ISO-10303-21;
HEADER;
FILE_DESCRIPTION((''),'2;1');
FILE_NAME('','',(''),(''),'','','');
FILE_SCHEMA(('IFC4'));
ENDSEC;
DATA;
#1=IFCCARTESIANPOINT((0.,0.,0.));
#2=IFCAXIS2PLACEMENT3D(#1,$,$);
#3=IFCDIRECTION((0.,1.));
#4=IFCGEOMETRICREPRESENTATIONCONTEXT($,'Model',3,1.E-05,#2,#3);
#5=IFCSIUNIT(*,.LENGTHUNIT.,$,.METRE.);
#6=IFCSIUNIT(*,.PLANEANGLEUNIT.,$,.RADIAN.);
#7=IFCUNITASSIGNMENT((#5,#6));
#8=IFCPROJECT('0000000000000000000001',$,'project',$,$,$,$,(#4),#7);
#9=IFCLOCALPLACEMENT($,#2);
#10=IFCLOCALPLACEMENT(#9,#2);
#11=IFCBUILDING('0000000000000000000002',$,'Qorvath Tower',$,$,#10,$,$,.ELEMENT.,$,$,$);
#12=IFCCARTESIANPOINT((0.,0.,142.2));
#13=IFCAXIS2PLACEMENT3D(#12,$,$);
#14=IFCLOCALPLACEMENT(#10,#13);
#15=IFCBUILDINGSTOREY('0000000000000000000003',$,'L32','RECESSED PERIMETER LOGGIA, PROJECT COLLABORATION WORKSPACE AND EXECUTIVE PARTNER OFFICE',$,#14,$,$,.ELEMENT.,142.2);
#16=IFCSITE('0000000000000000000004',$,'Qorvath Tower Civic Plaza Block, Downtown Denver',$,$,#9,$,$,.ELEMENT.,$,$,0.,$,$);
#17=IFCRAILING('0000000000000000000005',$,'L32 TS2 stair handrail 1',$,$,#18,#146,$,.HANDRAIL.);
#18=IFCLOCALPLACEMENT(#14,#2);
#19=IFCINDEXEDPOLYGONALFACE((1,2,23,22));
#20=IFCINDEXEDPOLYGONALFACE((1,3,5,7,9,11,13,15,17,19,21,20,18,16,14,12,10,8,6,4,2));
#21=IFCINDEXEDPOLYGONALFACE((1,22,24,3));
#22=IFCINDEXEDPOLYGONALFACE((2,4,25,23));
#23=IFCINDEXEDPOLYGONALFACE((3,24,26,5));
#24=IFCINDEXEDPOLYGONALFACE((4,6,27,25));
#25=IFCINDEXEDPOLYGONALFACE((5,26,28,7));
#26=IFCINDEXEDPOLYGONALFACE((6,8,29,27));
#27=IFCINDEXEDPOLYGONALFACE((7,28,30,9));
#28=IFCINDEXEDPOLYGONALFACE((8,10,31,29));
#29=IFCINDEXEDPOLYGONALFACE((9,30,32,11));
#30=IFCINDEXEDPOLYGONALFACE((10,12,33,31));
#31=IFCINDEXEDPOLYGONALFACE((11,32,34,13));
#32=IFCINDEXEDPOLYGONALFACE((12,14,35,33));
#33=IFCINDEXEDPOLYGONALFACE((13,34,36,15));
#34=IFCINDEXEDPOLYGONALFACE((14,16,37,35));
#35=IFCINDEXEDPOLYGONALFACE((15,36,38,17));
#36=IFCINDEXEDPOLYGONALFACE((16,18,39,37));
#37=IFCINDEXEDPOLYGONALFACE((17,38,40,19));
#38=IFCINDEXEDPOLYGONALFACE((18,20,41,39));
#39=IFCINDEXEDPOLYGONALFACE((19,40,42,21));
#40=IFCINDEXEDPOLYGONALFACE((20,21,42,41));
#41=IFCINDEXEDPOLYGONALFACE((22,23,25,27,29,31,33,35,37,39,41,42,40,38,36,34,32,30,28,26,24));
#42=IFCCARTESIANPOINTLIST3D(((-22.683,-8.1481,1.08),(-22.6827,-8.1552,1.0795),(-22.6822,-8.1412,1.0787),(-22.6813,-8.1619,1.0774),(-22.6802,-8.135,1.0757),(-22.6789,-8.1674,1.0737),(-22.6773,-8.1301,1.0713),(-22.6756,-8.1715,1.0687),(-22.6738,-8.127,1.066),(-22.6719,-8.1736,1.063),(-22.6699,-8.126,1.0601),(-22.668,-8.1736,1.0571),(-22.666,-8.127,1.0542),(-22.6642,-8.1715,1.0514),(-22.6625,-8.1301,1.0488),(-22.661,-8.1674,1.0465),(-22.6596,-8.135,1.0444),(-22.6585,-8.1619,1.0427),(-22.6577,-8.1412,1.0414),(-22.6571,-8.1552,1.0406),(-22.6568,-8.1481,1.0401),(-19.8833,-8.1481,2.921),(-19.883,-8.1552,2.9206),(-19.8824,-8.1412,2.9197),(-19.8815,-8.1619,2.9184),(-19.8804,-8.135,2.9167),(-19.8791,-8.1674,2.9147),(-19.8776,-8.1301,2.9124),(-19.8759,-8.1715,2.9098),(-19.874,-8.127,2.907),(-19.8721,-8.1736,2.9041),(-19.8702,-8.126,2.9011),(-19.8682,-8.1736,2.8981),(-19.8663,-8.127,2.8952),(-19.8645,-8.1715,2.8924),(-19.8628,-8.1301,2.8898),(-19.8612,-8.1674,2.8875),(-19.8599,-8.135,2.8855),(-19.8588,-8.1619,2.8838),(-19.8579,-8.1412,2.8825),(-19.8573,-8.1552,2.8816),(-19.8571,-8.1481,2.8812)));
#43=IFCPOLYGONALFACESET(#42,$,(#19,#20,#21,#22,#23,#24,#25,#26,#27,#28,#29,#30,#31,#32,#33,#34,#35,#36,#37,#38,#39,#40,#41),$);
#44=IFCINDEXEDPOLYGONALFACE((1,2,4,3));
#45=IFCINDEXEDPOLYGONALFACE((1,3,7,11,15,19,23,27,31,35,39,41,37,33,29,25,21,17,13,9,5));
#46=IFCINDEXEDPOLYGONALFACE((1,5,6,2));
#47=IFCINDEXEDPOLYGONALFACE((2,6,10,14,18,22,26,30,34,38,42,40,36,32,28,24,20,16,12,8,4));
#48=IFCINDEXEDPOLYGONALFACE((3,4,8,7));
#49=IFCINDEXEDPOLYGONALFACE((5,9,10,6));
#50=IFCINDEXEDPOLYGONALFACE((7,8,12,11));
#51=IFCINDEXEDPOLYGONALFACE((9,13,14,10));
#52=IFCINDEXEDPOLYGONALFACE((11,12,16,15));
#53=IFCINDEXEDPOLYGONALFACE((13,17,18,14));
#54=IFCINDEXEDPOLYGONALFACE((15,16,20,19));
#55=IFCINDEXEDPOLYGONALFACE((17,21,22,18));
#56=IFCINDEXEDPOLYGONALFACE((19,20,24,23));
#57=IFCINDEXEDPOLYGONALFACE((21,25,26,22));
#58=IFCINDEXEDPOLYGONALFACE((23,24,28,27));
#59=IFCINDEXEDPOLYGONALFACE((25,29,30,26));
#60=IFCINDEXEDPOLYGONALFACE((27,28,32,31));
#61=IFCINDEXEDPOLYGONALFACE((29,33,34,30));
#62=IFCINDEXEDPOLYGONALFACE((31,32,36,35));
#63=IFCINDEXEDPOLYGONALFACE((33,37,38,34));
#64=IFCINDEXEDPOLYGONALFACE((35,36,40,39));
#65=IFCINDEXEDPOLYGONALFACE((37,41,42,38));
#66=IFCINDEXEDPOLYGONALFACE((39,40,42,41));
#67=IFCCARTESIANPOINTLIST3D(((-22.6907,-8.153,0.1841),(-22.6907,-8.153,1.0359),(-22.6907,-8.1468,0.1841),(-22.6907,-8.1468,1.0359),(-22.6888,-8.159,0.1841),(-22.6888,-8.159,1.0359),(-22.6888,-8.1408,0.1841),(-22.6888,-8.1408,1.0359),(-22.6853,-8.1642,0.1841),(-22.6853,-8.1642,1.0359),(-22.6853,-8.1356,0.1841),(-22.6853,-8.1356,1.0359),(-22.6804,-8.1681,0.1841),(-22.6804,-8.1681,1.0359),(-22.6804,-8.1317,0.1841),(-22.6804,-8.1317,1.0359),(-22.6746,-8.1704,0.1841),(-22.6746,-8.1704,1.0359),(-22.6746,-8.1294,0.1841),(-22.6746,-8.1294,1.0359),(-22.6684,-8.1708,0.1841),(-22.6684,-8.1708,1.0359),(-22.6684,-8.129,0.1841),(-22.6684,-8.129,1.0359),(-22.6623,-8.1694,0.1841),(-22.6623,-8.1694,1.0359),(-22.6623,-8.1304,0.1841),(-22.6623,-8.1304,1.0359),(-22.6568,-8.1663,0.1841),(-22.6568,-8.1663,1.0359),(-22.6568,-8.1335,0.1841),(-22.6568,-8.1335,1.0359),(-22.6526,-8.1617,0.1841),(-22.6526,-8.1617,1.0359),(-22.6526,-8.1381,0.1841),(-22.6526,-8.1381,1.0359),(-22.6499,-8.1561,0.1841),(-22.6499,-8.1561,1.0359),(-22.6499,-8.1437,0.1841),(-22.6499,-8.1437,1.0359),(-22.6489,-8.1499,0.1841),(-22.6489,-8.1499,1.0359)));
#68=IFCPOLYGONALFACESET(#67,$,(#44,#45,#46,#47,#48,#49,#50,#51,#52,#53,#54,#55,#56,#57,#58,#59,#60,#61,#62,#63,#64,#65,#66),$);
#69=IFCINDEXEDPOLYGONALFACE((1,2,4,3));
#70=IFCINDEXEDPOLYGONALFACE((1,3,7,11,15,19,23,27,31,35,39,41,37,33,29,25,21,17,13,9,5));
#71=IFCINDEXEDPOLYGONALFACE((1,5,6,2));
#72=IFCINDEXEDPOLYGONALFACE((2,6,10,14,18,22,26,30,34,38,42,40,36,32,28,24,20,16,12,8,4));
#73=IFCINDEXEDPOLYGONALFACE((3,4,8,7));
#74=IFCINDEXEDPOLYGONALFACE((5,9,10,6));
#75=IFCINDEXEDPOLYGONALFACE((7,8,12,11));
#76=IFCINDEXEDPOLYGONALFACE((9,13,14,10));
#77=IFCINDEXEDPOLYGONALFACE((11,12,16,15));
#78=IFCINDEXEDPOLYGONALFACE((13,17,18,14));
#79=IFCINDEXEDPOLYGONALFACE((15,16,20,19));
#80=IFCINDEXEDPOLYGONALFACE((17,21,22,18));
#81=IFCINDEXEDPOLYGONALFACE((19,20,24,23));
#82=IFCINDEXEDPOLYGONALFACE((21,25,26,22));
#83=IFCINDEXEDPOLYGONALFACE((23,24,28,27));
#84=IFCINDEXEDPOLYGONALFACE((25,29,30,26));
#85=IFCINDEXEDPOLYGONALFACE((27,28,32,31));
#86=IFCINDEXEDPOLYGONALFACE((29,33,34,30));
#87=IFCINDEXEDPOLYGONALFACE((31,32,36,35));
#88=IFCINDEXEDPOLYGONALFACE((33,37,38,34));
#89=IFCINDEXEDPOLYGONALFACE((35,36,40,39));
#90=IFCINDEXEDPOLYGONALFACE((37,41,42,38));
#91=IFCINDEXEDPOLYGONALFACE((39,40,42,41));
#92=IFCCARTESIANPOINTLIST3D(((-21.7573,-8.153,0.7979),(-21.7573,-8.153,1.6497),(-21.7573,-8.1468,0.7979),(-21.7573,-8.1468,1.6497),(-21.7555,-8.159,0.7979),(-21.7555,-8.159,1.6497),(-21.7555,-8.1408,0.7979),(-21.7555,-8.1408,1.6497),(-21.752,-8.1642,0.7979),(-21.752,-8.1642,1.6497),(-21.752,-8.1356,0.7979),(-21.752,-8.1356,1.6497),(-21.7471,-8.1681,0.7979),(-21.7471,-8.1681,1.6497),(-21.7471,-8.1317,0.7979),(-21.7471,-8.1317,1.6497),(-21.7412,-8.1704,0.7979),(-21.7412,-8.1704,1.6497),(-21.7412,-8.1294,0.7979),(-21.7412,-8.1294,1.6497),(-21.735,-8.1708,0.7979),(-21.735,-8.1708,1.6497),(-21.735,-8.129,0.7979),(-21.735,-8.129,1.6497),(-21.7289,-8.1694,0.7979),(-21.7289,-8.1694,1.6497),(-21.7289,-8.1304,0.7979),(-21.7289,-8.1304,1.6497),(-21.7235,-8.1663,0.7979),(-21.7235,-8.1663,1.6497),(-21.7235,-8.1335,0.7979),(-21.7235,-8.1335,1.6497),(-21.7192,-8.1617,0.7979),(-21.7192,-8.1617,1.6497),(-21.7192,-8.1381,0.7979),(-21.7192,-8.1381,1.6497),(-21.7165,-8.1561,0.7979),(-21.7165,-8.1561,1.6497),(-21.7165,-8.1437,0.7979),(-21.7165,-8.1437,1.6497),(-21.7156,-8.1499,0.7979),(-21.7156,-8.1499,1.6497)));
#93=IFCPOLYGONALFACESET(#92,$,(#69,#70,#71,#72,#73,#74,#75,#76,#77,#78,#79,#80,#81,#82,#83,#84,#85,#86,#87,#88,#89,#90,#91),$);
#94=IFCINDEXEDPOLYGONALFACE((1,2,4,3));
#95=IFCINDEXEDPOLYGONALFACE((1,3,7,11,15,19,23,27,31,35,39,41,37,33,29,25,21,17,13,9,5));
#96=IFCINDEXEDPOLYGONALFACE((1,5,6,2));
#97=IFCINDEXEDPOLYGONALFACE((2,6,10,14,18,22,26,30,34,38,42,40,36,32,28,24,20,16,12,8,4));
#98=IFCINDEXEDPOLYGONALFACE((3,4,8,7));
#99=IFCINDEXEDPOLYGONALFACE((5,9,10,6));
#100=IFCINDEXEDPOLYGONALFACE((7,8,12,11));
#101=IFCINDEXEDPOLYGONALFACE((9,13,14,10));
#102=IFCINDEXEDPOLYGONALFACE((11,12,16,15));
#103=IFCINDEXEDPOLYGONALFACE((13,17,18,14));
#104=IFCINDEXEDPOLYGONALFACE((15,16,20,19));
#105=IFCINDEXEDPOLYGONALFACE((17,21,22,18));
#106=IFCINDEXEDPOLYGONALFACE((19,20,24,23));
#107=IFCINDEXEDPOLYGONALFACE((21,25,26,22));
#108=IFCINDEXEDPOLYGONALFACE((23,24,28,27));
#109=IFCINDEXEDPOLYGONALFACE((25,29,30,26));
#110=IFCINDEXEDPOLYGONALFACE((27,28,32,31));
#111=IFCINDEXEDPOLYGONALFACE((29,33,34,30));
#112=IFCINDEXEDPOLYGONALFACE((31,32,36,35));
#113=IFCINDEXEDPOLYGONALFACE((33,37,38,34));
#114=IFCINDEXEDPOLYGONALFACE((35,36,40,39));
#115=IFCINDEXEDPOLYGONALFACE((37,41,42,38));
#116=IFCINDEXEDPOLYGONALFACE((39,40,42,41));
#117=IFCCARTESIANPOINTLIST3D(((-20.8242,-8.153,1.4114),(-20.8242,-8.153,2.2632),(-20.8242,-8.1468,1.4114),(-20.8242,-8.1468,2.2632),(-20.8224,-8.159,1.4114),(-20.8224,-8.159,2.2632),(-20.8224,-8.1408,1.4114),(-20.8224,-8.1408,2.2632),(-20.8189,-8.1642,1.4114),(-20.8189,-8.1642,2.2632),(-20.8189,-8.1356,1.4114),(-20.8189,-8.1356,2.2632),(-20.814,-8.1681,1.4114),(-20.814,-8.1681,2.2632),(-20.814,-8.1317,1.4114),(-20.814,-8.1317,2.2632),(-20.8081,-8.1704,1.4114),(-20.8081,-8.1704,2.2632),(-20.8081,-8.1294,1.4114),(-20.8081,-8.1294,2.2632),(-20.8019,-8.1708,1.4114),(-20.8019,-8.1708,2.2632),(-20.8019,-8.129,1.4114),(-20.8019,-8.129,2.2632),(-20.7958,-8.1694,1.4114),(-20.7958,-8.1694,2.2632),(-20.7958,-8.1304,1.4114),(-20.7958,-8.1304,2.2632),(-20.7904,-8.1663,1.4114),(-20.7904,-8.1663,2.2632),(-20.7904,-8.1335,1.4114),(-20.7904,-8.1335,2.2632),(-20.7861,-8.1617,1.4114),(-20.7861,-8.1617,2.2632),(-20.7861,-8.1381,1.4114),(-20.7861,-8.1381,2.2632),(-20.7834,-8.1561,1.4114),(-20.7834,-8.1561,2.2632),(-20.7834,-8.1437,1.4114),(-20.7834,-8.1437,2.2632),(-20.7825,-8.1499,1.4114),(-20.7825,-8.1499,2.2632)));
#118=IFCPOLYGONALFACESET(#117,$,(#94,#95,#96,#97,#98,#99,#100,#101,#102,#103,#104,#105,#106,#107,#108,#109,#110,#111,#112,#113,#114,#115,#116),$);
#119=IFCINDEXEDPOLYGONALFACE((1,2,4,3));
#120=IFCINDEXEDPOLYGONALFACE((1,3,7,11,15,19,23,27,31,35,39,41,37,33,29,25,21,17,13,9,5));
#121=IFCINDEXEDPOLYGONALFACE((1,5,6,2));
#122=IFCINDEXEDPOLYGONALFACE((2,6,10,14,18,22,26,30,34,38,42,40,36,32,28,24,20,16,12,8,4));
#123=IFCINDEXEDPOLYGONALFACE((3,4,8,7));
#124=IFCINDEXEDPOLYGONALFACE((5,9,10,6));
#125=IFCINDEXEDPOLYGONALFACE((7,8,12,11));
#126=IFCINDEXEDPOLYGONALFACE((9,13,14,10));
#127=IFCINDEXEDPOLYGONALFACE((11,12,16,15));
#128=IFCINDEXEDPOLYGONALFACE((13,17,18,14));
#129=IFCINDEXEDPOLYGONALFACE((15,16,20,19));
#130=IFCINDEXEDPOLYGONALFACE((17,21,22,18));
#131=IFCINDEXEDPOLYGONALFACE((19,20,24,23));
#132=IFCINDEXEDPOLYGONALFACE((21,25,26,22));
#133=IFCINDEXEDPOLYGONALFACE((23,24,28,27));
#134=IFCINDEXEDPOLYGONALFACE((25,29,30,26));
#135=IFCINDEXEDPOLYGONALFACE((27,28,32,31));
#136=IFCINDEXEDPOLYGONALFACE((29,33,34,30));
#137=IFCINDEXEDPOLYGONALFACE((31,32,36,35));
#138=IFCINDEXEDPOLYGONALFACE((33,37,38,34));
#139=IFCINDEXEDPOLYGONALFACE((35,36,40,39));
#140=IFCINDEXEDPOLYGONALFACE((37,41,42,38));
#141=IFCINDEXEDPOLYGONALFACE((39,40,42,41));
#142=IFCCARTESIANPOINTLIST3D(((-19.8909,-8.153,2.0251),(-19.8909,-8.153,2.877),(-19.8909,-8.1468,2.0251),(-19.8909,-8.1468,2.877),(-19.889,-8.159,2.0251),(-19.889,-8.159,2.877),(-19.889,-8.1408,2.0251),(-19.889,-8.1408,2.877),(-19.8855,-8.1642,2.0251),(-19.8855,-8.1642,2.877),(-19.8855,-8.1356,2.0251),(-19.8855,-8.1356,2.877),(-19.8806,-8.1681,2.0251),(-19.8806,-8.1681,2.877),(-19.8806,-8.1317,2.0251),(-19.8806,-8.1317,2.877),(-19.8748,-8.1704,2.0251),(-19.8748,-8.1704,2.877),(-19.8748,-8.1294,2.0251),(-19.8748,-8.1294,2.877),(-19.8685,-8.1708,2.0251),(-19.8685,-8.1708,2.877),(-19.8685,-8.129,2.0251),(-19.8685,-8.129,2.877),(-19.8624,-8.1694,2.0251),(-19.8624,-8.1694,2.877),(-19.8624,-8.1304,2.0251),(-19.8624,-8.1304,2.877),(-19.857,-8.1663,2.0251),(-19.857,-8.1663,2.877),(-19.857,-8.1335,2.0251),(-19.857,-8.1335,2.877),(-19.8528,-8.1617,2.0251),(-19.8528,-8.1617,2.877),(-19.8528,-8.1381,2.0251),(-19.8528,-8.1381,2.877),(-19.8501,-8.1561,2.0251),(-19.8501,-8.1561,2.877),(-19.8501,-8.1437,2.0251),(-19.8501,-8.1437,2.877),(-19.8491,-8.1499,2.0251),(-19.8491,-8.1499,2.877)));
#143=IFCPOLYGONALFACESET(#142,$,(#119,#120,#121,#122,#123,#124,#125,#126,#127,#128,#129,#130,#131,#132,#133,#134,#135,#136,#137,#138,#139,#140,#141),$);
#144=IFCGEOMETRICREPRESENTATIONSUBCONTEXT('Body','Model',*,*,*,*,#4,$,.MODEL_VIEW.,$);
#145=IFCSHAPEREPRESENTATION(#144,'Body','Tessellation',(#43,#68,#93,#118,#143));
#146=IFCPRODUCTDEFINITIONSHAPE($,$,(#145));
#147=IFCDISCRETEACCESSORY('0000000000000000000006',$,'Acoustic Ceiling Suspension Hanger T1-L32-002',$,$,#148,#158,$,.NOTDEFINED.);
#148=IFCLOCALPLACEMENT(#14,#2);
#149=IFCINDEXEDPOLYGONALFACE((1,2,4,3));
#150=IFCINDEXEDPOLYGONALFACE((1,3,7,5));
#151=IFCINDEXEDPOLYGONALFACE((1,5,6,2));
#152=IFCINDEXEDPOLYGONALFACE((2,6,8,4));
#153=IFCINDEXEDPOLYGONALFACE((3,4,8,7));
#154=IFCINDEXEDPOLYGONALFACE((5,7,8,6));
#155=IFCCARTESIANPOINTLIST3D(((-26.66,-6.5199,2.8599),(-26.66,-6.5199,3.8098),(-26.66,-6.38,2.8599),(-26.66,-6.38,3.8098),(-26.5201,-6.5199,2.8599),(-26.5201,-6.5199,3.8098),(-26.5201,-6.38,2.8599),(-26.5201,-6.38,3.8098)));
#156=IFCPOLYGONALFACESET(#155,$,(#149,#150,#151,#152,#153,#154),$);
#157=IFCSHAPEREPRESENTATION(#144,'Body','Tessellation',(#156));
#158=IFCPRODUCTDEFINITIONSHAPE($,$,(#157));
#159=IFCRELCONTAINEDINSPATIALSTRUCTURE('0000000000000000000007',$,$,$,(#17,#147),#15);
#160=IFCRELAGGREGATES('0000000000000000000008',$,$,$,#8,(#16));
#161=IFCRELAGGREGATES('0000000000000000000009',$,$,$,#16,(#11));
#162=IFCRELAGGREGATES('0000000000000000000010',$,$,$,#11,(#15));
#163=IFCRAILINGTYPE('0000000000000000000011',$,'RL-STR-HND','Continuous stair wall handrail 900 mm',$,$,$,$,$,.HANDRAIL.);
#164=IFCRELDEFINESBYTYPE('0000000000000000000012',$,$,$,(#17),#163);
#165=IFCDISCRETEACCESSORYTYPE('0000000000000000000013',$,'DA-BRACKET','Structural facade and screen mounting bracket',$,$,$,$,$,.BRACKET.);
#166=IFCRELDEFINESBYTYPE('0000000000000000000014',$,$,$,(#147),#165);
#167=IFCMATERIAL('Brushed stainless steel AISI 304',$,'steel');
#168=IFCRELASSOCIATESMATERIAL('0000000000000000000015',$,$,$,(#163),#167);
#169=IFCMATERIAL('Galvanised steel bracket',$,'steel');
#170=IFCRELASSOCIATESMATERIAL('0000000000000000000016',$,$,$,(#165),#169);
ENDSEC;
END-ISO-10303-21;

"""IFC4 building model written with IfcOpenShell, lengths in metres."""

from ifc_helpers import new_model, si_unit, direction, frame, origin, origin_2d, place, context, subcontext, project, spatial, rectangle, circle, extrude, material, type_object, element, save


model = new_model("IFC4")

# Units and contexts
model_context = context("Model", 3, precision=1e-05, world=origin(), true_north=direction((0.0, 1.0)))
body_context = subcontext(model_context, "Body", "Model", "MODEL_VIEW")
ifc_project = project(units=[si_unit("LENGTHUNIT", "METRE"), si_unit("PLANEANGLEUNIT", "RADIAN")], contexts=[model_context])

# Site, building, storey
site_placement = place(None, origin())
site = spatial("IfcSite", under=ifc_project, at=site_placement, Name="Qorvath Tower Civic Plaza Block, Downtown Denver", CompositionType="ELEMENT", RefElevation=0.0)
building_placement = place(site_placement, origin())
building = spatial("IfcBuilding", under=site, at=building_placement, Name="Qorvath Tower", CompositionType="ELEMENT")
storey_placement = place(building_placement, frame((0.0, 0.0, 142.2)))
storey = spatial("IfcBuildingStorey", under=building, at=storey_placement, Name="L32", Description="RECESSED PERIMETER LOGGIA, PROJECT COLLABORATION WORKSPACE AND EXECUTIVE PARTNER OFFICE", CompositionType="ELEMENT", Elevation=142.2)

# Railing
ifc_material_1 = material(Name="Brushed stainless steel AISI 304", Category="steel")
railing_type_1 = type_object("IfcRailingType", Name="RL-STR-HND", Description="Continuous stair wall handrail 900 mm", PredefinedType="HANDRAIL", material=ifc_material_1)
railing_1_placement = place(storey_placement, frame((-22.6699, -8.1499, 0.1841)))
element("IfcRailing", 1, at=railing_1_placement, inside=storey, type_object=railing_type_1, Name="L32 TS2 stair handrail 1", PredefinedType="HANDRAIL", context=body_context, shape_type="SweptSolid", body=[
    extrude(circle(Radius=0.0239, at=origin_2d()), frame((0.0, 0.0, 0.876), z_axis=(0.835542, 0.0, 0.549426), x_axis=(0.0, 1.0, 0.0)), (0.0, 0.0, 1.0), 3.3508),
    extrude(circle(Radius=0.021, at=origin_2d()), origin(), (0.0, 0.0, 1.0), 0.8518),
    extrude(circle(Radius=0.021, at=origin_2d()), frame((0.9333, 0.0, 0.6138)), (0.0, 0.0, 1.0), 0.8518),
    extrude(circle(Radius=0.021, at=origin_2d()), frame((1.8665, 0.0, 1.2273)), (0.0, 0.0, 1.0), 0.8518),
    extrude(circle(Radius=0.021, at=origin_2d()), frame((2.7998, 0.0, 1.8411)), (0.0, 0.0, 1.0), 0.8518),
])

# Discrete accessory
ifc_material_2 = material(Name="Galvanised steel bracket", Category="steel")
discrete_accessory_type = type_object("IfcDiscreteAccessoryType", Name="DA-BRACKET", Description="Structural facade and screen mounting bracket", PredefinedType="BRACKET", material=ifc_material_2)
discrete_accessory_placement = place(storey_placement, frame((-26.5901, -6.45, 2.8599), z_axis=(0.0, 0.0, 1.0), x_axis=(1.0, 0.0, 0.0)))
element("IfcDiscreteAccessory", 2, at=discrete_accessory_placement, inside=storey, type_object=discrete_accessory_type, Name="Acoustic Ceiling Suspension Hanger T1-L32-002", PredefinedType="NOTDEFINED", context=body_context, shape_type="SweptSolid", body=[
    extrude(rectangle(XDim=0.1399, YDim=0.1399, at=origin_2d()), origin(), (0.0, 0.0, 1.0), 0.95),
])

save(model, "model.ifc")
